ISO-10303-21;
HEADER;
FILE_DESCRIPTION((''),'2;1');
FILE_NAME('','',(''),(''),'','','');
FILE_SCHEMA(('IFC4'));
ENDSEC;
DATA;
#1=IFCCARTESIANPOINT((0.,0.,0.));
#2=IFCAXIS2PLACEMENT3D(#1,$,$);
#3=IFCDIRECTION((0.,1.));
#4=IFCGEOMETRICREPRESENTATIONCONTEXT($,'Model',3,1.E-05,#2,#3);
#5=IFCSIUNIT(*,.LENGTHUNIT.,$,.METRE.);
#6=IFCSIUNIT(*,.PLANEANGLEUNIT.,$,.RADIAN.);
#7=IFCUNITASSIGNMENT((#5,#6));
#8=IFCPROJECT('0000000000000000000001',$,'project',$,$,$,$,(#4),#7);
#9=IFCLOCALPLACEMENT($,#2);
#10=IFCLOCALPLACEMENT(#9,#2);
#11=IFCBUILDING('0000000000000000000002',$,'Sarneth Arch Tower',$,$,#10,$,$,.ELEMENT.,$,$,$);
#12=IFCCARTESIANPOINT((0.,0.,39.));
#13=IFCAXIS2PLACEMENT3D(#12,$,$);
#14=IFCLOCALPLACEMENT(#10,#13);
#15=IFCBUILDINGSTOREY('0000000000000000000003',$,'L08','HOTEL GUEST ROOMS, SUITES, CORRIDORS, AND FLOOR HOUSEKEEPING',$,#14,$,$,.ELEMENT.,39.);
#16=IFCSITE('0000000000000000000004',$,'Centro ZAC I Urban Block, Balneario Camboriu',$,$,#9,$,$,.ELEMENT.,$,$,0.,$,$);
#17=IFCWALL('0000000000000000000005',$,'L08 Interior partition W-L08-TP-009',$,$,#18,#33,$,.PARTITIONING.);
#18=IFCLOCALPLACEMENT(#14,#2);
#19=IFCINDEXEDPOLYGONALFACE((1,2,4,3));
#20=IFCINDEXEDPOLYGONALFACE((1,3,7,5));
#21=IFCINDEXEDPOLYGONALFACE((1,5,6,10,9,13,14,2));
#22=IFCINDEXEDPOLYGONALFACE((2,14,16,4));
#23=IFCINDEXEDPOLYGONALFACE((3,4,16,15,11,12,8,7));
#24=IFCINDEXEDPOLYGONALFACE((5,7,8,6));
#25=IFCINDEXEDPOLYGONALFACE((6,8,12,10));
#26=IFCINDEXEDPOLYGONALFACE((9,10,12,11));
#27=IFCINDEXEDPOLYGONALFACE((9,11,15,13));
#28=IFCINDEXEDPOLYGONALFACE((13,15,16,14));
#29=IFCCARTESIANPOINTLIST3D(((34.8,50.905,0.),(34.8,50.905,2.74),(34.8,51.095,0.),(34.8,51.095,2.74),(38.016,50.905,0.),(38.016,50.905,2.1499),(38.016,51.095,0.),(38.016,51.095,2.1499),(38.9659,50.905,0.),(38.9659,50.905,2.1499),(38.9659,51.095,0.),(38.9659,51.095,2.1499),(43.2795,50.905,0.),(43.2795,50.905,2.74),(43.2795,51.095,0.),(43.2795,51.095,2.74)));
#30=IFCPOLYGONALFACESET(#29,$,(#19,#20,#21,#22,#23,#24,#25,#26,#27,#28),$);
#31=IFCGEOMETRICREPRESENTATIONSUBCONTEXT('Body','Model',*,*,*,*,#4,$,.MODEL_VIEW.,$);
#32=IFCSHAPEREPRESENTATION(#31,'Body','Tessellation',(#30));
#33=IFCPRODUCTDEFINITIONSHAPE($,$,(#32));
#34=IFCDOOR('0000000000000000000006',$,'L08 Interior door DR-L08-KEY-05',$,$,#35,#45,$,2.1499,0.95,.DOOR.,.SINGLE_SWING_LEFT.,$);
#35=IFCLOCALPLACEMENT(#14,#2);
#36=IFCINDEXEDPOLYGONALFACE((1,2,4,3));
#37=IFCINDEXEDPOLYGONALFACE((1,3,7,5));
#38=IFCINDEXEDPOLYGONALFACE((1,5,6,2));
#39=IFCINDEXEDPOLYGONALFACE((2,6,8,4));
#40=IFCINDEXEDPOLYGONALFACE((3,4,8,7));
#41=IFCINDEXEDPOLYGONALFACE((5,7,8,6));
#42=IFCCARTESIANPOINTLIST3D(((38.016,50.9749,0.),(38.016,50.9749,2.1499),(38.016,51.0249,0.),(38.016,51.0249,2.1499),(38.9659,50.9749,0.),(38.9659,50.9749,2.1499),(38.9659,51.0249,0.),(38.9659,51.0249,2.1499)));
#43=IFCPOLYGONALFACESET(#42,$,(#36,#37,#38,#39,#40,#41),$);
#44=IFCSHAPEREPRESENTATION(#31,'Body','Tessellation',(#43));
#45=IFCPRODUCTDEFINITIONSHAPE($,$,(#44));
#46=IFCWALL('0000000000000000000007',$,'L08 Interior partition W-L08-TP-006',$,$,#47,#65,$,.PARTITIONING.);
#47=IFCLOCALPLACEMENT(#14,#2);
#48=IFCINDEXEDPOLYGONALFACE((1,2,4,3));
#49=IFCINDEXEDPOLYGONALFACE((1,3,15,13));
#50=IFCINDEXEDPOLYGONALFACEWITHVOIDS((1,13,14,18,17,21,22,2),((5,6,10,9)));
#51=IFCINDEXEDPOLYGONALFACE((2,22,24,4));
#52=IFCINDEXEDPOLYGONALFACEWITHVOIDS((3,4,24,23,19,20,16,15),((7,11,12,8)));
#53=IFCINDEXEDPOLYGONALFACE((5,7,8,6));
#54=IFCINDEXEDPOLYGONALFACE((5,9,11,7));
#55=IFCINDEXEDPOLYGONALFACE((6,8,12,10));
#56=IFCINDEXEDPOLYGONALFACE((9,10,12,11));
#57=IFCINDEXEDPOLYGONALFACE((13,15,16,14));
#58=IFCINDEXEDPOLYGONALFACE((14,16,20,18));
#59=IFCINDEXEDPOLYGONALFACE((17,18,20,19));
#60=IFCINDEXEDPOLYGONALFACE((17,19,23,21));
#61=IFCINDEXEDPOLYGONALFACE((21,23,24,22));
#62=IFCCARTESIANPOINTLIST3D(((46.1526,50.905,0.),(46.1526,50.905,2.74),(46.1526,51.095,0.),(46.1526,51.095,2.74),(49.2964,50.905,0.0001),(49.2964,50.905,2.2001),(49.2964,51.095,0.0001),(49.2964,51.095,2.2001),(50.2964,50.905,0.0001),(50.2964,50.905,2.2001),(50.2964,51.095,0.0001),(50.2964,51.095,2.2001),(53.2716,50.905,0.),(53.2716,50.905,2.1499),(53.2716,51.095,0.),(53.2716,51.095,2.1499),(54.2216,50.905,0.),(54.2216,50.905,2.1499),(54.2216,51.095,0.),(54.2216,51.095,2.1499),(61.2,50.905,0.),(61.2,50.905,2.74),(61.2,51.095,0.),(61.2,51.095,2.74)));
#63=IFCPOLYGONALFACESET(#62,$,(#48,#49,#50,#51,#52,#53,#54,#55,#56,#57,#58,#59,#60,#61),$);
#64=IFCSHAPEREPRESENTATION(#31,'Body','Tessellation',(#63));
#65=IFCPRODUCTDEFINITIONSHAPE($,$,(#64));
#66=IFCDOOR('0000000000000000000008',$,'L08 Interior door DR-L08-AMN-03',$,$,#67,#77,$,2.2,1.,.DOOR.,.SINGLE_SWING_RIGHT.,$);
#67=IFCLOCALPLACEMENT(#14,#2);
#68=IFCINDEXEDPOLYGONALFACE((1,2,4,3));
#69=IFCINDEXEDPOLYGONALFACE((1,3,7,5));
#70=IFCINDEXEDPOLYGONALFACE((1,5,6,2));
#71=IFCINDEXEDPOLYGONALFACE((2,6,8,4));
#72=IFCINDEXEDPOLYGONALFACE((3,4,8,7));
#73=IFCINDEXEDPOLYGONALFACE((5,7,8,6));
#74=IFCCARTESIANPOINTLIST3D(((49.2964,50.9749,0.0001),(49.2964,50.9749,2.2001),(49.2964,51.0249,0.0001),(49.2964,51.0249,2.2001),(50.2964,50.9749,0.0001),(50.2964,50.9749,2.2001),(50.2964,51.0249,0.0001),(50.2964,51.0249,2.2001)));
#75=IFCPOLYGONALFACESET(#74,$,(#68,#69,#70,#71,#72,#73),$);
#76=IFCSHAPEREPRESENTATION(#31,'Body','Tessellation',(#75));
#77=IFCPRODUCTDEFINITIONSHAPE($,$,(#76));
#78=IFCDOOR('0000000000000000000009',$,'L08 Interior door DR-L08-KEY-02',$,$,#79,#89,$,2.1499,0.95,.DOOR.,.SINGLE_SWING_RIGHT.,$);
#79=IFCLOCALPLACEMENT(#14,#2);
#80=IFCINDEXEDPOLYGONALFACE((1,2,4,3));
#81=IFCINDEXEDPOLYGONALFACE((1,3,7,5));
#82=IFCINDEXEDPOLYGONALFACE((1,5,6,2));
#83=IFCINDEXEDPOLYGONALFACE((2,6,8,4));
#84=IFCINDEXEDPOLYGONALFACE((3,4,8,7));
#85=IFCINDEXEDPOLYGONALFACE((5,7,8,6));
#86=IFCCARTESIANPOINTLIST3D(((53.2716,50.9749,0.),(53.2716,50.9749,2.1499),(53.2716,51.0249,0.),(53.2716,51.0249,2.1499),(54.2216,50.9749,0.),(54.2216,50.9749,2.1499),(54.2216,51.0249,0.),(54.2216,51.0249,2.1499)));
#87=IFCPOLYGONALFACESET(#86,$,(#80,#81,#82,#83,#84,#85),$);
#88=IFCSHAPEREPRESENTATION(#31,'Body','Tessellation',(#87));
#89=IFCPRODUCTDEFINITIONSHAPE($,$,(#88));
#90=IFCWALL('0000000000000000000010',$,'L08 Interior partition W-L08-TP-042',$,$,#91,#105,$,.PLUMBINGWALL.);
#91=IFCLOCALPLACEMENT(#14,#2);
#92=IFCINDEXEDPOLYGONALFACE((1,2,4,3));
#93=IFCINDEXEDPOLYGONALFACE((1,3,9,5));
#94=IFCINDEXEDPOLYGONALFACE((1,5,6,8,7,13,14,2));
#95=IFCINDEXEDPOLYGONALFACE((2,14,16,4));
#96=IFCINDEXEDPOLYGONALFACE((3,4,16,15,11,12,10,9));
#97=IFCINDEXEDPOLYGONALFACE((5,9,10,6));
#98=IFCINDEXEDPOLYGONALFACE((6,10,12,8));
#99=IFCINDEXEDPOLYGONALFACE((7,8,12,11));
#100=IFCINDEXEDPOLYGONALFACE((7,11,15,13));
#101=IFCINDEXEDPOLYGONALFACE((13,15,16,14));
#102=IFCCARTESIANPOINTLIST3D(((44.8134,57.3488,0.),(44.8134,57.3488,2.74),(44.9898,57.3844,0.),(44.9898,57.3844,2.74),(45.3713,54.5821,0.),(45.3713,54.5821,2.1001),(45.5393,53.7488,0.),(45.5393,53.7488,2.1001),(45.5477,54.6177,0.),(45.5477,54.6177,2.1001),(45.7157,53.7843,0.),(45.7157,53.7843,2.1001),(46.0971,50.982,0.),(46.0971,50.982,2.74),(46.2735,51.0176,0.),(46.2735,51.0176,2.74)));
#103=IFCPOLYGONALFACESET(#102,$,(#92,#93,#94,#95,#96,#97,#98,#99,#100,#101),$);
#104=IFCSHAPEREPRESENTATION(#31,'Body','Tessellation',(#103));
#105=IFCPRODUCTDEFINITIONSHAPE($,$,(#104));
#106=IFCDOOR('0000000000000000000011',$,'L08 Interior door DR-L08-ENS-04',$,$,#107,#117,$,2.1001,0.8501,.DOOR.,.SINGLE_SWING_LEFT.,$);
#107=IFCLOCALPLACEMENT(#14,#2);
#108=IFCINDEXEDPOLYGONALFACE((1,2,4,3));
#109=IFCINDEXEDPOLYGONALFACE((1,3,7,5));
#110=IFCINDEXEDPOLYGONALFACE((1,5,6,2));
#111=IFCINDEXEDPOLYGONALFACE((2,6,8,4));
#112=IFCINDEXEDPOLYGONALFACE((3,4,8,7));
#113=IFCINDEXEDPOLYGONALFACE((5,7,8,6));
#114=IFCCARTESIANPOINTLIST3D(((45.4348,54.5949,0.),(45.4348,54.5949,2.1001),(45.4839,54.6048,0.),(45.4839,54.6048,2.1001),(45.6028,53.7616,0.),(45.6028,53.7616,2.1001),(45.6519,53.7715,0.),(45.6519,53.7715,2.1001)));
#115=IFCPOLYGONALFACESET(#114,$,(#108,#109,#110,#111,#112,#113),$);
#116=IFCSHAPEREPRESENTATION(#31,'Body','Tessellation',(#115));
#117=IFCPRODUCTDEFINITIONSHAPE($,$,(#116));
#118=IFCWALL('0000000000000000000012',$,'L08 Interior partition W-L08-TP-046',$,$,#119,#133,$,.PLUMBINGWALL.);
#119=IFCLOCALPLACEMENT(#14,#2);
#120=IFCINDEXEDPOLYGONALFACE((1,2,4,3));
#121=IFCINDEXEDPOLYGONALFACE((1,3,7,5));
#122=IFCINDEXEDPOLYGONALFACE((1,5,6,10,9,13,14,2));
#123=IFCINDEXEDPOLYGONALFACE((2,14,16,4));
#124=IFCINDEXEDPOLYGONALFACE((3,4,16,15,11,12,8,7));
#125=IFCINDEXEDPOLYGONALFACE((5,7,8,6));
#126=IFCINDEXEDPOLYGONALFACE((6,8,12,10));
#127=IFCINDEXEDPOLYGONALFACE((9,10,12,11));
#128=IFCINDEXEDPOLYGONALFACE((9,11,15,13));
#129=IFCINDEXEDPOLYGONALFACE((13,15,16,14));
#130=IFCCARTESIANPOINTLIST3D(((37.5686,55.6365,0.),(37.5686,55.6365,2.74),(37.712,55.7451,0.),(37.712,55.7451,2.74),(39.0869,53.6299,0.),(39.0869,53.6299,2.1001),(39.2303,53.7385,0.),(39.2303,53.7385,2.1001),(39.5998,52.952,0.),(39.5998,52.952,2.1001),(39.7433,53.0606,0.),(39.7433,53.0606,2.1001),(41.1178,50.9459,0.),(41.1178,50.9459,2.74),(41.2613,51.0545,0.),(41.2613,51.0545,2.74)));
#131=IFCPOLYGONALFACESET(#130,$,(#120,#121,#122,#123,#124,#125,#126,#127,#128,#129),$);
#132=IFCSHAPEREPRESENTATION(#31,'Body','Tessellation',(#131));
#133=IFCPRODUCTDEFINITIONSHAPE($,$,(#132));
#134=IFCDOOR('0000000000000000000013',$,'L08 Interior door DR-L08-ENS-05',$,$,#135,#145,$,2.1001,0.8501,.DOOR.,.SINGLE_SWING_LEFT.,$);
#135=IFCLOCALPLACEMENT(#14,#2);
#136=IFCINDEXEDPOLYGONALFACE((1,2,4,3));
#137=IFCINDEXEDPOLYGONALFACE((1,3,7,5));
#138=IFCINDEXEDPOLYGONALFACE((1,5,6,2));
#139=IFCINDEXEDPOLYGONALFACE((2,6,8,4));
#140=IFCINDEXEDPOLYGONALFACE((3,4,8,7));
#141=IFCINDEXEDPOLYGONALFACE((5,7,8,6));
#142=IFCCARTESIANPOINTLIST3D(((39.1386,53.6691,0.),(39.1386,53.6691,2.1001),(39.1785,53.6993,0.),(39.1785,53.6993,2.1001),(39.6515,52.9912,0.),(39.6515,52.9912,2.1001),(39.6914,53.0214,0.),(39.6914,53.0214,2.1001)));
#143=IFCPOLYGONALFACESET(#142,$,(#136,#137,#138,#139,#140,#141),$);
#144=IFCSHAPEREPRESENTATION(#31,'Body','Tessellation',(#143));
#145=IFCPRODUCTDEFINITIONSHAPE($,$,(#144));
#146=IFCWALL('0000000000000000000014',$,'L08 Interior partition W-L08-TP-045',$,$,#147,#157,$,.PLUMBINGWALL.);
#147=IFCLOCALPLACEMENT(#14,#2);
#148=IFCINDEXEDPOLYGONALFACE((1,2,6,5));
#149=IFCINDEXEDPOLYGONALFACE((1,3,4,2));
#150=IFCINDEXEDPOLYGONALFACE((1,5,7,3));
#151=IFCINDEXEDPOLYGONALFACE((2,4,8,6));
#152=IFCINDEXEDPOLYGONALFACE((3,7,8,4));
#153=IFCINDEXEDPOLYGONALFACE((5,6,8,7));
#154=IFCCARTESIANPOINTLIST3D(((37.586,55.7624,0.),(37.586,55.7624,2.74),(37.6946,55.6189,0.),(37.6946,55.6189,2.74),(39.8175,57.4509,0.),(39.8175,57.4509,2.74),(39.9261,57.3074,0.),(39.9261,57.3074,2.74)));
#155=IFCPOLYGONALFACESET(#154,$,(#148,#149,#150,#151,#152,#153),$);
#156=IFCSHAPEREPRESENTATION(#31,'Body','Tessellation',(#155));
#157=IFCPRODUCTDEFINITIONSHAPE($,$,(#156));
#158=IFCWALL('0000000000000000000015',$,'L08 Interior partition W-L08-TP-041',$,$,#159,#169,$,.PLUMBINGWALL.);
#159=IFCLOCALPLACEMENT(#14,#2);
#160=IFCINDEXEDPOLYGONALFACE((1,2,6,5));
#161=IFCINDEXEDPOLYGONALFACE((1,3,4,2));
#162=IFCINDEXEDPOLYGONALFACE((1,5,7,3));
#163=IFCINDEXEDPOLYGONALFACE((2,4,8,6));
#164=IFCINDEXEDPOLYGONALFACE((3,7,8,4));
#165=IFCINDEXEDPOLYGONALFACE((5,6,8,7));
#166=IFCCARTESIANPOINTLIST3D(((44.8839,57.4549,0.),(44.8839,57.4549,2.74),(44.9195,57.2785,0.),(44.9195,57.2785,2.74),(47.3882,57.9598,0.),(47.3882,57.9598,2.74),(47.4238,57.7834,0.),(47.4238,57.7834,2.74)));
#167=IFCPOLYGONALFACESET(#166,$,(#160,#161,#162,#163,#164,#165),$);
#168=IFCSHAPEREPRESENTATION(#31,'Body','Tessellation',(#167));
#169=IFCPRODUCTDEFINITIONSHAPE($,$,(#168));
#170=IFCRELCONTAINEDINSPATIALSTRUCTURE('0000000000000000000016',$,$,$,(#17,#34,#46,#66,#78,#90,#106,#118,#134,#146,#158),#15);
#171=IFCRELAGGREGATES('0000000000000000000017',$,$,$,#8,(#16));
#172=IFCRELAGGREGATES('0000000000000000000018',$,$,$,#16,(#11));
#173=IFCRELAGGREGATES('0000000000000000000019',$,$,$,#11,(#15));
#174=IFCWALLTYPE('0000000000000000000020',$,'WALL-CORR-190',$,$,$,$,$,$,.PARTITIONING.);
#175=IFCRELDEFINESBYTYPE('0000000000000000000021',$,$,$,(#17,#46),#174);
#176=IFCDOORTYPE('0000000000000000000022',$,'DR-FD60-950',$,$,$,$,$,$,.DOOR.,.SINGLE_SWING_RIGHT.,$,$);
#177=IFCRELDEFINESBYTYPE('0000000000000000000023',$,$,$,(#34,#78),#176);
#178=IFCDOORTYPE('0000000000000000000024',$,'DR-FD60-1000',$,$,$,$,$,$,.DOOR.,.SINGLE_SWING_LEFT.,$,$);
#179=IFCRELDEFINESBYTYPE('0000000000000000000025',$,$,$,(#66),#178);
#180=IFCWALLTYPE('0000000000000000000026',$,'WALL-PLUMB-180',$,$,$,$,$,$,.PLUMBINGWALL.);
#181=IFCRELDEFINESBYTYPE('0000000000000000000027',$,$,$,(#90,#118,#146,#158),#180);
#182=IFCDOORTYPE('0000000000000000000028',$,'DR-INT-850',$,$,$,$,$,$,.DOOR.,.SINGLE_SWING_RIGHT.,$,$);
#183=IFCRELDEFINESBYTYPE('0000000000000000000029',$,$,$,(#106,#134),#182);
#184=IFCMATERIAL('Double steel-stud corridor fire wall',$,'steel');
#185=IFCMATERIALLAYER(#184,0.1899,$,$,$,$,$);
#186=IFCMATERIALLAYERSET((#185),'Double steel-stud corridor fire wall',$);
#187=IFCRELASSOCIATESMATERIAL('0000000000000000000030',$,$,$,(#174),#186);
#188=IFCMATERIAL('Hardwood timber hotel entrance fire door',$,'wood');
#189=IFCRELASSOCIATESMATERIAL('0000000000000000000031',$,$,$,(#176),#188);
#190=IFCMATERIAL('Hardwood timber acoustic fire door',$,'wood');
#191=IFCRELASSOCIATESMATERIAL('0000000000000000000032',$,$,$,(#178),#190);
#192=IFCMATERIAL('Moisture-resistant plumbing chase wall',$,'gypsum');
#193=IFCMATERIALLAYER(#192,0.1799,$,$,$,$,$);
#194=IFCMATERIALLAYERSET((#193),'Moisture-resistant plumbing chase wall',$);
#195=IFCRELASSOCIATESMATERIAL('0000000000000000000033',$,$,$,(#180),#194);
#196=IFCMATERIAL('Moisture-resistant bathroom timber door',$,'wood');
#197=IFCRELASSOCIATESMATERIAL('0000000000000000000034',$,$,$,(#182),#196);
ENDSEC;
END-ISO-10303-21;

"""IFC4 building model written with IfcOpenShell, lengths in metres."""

from ifc_helpers import new_model, si_unit, direction, frame, frame_2d, origin, place, context, subcontext, project, spatial, rectangle, extrude, material, layer, layer_set, type_object, element, fill, save


model = new_model("IFC4")

# Units and contexts
model_context = context("Model", 3, precision=1e-05, world=origin(), true_north=direction((0.0, 1.0)))
body_context = subcontext(model_context, "Body", "Model", "MODEL_VIEW")
ifc_project = project(units=[si_unit("LENGTHUNIT", "METRE"), si_unit("PLANEANGLEUNIT", "RADIAN")], contexts=[model_context])

# Site, building, storey
site_placement = place(None, origin())
site = spatial("IfcSite", under=ifc_project, at=site_placement, Name="Centro ZAC I Urban Block, Balneario Camboriu", CompositionType="ELEMENT", RefElevation=0.0)
building_placement = place(site_placement, origin())
building = spatial("IfcBuilding", under=site, at=building_placement, Name="Sarneth Arch Tower", CompositionType="ELEMENT")
storey_placement = place(building_placement, frame((0.0, 0.0, 39.0)))
storey = spatial("IfcBuildingStorey", under=building, at=storey_placement, Name="L08", Description="HOTEL GUEST ROOMS, SUITES, CORRIDORS, AND FLOOR HOUSEKEEPING", CompositionType="ELEMENT", Elevation=39.0)

# Wall, opening, door
ifc_material_1 = material(Name="Double steel-stud corridor fire wall", Category="steel")
ifc_layer_1 = layer(ifc_material_1, 0.1899)
ifc_layer_set_1 = layer_set([ifc_layer_1], Name="Double steel-stud corridor fire wall")
wall_type_1 = type_object("IfcWallType", Name="WALL-CORR-190", PredefinedType="PARTITIONING", material=ifc_layer_set_1)
wall_1_placement = place(storey_placement, frame((34.8, 51.0, 0.0), z_axis=(0.0, 0.0, 1.0), x_axis=(1.0, 0.0, 0.0)))
wall_1 = element("IfcWall", 1, at=wall_1_placement, inside=storey, type_object=wall_type_1, Name="L08 Interior partition W-L08-TP-009", PredefinedType="PARTITIONING", context=body_context, shape_type="SweptSolid", body=[
    extrude(rectangle(XDim=8.4795, YDim=0.1899, at=frame_2d((4.2397, 0.0))), origin(), (0.0, 0.0, 1.0), 2.74),
])
opening_1_placement = place(wall_1_placement, frame((3.2158, 0.0, 0.0)))
opening_1 = element("IfcOpeningElement", 2, at=opening_1_placement, cuts=wall_1, PredefinedType="OPENING", context=body_context, shape_type="SweptSolid", body=[
    extrude(rectangle(XDim=0.95, YDim=2.1499, at=frame_2d((0.4751, 1.075))), frame((0.0, 0.105, 0.0), z_axis=(0.0, -1.0, 0.0), x_axis=(1.0, 0.0, 0.0)), (0.0, 0.0, 1.0), 0.21),
])
ifc_material_2 = material(Name="Hardwood timber hotel entrance fire door", Category="wood")
door_type_1 = type_object("IfcDoorType", Name="DR-FD60-950", OperationType="SINGLE_SWING_RIGHT", PredefinedType="DOOR", material=ifc_material_2)
door_1_placement = place(opening_1_placement, origin())
door_1 = element("IfcDoor", 3, at=door_1_placement, inside=storey, type_object=door_type_1, Name="L08 Interior door DR-L08-KEY-05", OperationType="SINGLE_SWING_LEFT", OverallHeight=2.1499, OverallWidth=0.95, PredefinedType="DOOR", context=body_context, shape_type="SweptSolid", body=[
    extrude(rectangle(XDim=0.95, YDim=2.1499, at=frame_2d((0.4751, 1.075))), frame((0.0, 0.0249, 0.0), z_axis=(0.0, -1.0, 0.0), x_axis=(1.0, 0.0, 0.0)), (0.0, 0.0, 1.0), 0.05),
])
fill(opening_1, door_1)

# Wall, openings, doors
wall_2_placement = place(storey_placement, frame((46.1526, 51.0, 0.0), z_axis=(0.0, 0.0, 1.0), x_axis=(1.0, 0.0, 0.0)))
wall_2 = element("IfcWall", 4, at=wall_2_placement, inside=storey, type_object=wall_type_1, Name="L08 Interior partition W-L08-TP-006", PredefinedType="PARTITIONING", context=body_context, shape_type="SweptSolid", body=[
    extrude(rectangle(XDim=15.0474, YDim=0.1899, at=frame_2d((7.5237, 0.0))), origin(), (0.0, 0.0, 1.0), 2.74),
])
opening_2_placement = place(wall_2_placement, frame((3.1438, 0.0, 0.0)))
opening_2 = element("IfcOpeningElement", 5, at=opening_2_placement, cuts=wall_2, PredefinedType="OPENING", context=body_context, shape_type="SweptSolid", body=[
    extrude(rectangle(XDim=1.0, YDim=2.2, at=frame_2d((0.5, 1.1001))), frame((0.0, 0.105, 0.0), z_axis=(0.0, -1.0, 0.0), x_axis=(1.0, 0.0, 0.0)), (0.0, 0.0, 1.0), 0.21),
])
opening_3_placement = place(wall_2_placement, frame((7.1189, 0.0, 0.0)))
opening_3 = element("IfcOpeningElement", 6, at=opening_3_placement, cuts=wall_2, PredefinedType="OPENING", context=body_context, shape_type="SweptSolid", body=[
    extrude(rectangle(XDim=0.95, YDim=2.1499, at=frame_2d((0.4751, 1.075))), frame((0.0, 0.105, 0.0), z_axis=(0.0, -1.0, 0.0), x_axis=(1.0, 0.0, 0.0)), (0.0, 0.0, 1.0), 0.21),
])
ifc_material_3 = material(Name="Hardwood timber acoustic fire door", Category="wood")
door_type_2 = type_object("IfcDoorType", Name="DR-FD60-1000", OperationType="SINGLE_SWING_LEFT", PredefinedType="DOOR", material=ifc_material_3)
door_2_placement = place(opening_2_placement, origin())
door_2 = element("IfcDoor", 7, at=door_2_placement, inside=storey, type_object=door_type_2, Name="L08 Interior door DR-L08-AMN-03", OperationType="SINGLE_SWING_RIGHT", OverallHeight=2.2, OverallWidth=1.0, PredefinedType="DOOR", context=body_context, shape_type="SweptSolid", body=[
    extrude(rectangle(XDim=1.0, YDim=2.2, at=frame_2d((0.5, 1.1001))), frame((0.0, 0.0249, 0.0), z_axis=(0.0, -1.0, 0.0), x_axis=(1.0, 0.0, 0.0)), (0.0, 0.0, 1.0), 0.05),
])
fill(opening_2, door_2)
door_3_placement = place(opening_3_placement, origin())
door_3 = element("IfcDoor", 8, at=door_3_placement, inside=storey, type_object=door_type_1, Name="L08 Interior door DR-L08-KEY-02", OperationType="SINGLE_SWING_RIGHT", OverallHeight=2.1499, OverallWidth=0.95, PredefinedType="DOOR", context=body_context, shape_type="SweptSolid", body=[
    extrude(rectangle(XDim=0.95, YDim=2.1499, at=frame_2d((0.4751, 1.075))), frame((0.0, 0.0249, 0.0), z_axis=(0.0, -1.0, 0.0), x_axis=(1.0, 0.0, 0.0)), (0.0, 0.0, 1.0), 0.05),
])
fill(opening_3, door_3)

# Walls, openings, doors
ifc_material_4 = material(Name="Moisture-resistant plumbing chase wall", Category="gypsum")
ifc_layer_2 = layer(ifc_material_4, 0.1799)
ifc_layer_set_2 = layer_set([ifc_layer_2], Name="Moisture-resistant plumbing chase wall")
wall_type_2 = type_object("IfcWallType", Name="WALL-PLUMB-180", PredefinedType="PLUMBINGWALL", material=ifc_layer_set_2)
wall_3_placement = place(storey_placement, frame((44.9016, 57.3667, 0.0), z_axis=(0.0, 0.0, 1.0), x_axis=(0.197648, -0.980273, 0.0)))
wall_3 = element("IfcWall", 9, at=wall_3_placement, inside=storey, type_object=wall_type_2, Name="L08 Interior partition W-L08-TP-042", PredefinedType="PLUMBINGWALL", context=body_context, shape_type="SweptSolid", body=[
    extrude(rectangle(XDim=6.4949, YDim=0.1799, at=frame_2d((3.2476, 0.0))), origin(), (0.0, 0.0, 1.0), 2.74),
])
opening_4_placement = place(wall_3_placement, frame((2.8225, 0.0, 0.0)))
opening_4 = element("IfcOpeningElement", 10, at=opening_4_placement, cuts=wall_3, PredefinedType="OPENING", context=body_context, shape_type="SweptSolid", body=[
    extrude(rectangle(XDim=0.8501, YDim=2.1001, at=frame_2d((0.425, 1.05))), frame((0.0, 0.0999, 0.0), z_axis=(0.0, -1.0, 0.0), x_axis=(1.0, 0.0, 0.0)), (0.0, 0.0, 1.0), 0.2),
])
ifc_material_5 = material(Name="Moisture-resistant bathroom timber door", Category="wood")
door_type_3 = type_object("IfcDoorType", Name="DR-INT-850", OperationType="SINGLE_SWING_RIGHT", PredefinedType="DOOR", material=ifc_material_5)
door_4_placement = place(opening_4_placement, origin())
door_4 = element("IfcDoor", 11, at=door_4_placement, inside=storey, type_object=door_type_3, Name="L08 Interior door DR-L08-ENS-04", OperationType="SINGLE_SWING_LEFT", OverallHeight=2.1001, OverallWidth=0.8501, PredefinedType="DOOR", context=body_context, shape_type="SweptSolid", body=[
    extrude(rectangle(XDim=0.8501, YDim=2.1001, at=frame_2d((0.425, 1.05))), frame((0.0, 0.0249, 0.0), z_axis=(0.0, -1.0, 0.0), x_axis=(1.0, 0.0, 0.0)), (0.0, 0.0, 1.0), 0.05),
])
fill(opening_4, door_4)
wall_4_placement = place(storey_placement, frame((37.6404, 55.6907, 0.0), z_axis=(0.0, 0.0, 1.0), x_axis=(0.603401, -0.797438, 0.0)))
wall_4 = element("IfcWall", 12, at=wall_4_placement, inside=storey, type_object=wall_type_2, Name="L08 Interior partition W-L08-TP-046", PredefinedType="PLUMBINGWALL", context=body_context, shape_type="SweptSolid", body=[
    extrude(rectangle(XDim=5.8821, YDim=0.1799, at=frame_2d((2.9409, 0.0))), origin(), (0.0, 0.0, 1.0), 2.74),
])
opening_5_placement = place(wall_4_placement, frame((2.5161, 0.0, 0.0)))
opening_5 = element("IfcOpeningElement", 13, at=opening_5_placement, cuts=wall_4, PredefinedType="OPENING", context=body_context, shape_type="SweptSolid", body=[
    extrude(rectangle(XDim=0.8501, YDim=2.1001, at=frame_2d((0.425, 1.05))), frame((0.0, 0.0999, 0.0), z_axis=(0.0, -1.0, 0.0), x_axis=(1.0, 0.0, 0.0)), (0.0, 0.0, 1.0), 0.2),
])
door_5_placement = place(opening_5_placement, origin())
door_5 = element("IfcDoor", 14, at=door_5_placement, inside=storey, type_object=door_type_3, Name="L08 Interior door DR-L08-ENS-05", OperationType="SINGLE_SWING_LEFT", OverallHeight=2.1001, OverallWidth=0.8501, PredefinedType="DOOR", context=body_context, shape_type="SweptSolid", body=[
    extrude(rectangle(XDim=0.8501, YDim=2.1001, at=frame_2d((0.425, 1.05))), frame((0.0, 0.0249, 0.0), z_axis=(0.0, -1.0, 0.0), x_axis=(1.0, 0.0, 0.0)), (0.0, 0.0, 1.0), 0.05),
])
fill(opening_5, door_5)

# Walls
wall_5_placement = place(storey_placement, frame((39.8718, 57.3792, 0.0), z_axis=(0.0, 0.0, 1.0), x_axis=(-0.797438, -0.603401, 0.0)))
element("IfcWall", 15, at=wall_5_placement, inside=storey, type_object=wall_type_2, Name="L08 Interior partition W-L08-TP-045", PredefinedType="PLUMBINGWALL", context=body_context, shape_type="SweptSolid", body=[
    extrude(rectangle(XDim=2.7983, YDim=0.1799, at=frame_2d((1.3992, 0.0))), origin(), (0.0, 0.0, 1.0), 2.74),
])
wall_6_placement = place(storey_placement, frame((47.406, 57.8716, 0.0), z_axis=(0.0, 0.0, 1.0), x_axis=(-0.980278, -0.197623, 0.0)))
element("IfcWall", 16, at=wall_6_placement, inside=storey, type_object=wall_type_2, Name="L08 Interior partition W-L08-TP-041", PredefinedType="PLUMBINGWALL", context=body_context, shape_type="SweptSolid", body=[
    extrude(rectangle(XDim=2.5547, YDim=0.1799, at=frame_2d((1.2773, 0.0))), origin(), (0.0, 0.0, 1.0), 2.74),
])

save(model, "model.ifc")
